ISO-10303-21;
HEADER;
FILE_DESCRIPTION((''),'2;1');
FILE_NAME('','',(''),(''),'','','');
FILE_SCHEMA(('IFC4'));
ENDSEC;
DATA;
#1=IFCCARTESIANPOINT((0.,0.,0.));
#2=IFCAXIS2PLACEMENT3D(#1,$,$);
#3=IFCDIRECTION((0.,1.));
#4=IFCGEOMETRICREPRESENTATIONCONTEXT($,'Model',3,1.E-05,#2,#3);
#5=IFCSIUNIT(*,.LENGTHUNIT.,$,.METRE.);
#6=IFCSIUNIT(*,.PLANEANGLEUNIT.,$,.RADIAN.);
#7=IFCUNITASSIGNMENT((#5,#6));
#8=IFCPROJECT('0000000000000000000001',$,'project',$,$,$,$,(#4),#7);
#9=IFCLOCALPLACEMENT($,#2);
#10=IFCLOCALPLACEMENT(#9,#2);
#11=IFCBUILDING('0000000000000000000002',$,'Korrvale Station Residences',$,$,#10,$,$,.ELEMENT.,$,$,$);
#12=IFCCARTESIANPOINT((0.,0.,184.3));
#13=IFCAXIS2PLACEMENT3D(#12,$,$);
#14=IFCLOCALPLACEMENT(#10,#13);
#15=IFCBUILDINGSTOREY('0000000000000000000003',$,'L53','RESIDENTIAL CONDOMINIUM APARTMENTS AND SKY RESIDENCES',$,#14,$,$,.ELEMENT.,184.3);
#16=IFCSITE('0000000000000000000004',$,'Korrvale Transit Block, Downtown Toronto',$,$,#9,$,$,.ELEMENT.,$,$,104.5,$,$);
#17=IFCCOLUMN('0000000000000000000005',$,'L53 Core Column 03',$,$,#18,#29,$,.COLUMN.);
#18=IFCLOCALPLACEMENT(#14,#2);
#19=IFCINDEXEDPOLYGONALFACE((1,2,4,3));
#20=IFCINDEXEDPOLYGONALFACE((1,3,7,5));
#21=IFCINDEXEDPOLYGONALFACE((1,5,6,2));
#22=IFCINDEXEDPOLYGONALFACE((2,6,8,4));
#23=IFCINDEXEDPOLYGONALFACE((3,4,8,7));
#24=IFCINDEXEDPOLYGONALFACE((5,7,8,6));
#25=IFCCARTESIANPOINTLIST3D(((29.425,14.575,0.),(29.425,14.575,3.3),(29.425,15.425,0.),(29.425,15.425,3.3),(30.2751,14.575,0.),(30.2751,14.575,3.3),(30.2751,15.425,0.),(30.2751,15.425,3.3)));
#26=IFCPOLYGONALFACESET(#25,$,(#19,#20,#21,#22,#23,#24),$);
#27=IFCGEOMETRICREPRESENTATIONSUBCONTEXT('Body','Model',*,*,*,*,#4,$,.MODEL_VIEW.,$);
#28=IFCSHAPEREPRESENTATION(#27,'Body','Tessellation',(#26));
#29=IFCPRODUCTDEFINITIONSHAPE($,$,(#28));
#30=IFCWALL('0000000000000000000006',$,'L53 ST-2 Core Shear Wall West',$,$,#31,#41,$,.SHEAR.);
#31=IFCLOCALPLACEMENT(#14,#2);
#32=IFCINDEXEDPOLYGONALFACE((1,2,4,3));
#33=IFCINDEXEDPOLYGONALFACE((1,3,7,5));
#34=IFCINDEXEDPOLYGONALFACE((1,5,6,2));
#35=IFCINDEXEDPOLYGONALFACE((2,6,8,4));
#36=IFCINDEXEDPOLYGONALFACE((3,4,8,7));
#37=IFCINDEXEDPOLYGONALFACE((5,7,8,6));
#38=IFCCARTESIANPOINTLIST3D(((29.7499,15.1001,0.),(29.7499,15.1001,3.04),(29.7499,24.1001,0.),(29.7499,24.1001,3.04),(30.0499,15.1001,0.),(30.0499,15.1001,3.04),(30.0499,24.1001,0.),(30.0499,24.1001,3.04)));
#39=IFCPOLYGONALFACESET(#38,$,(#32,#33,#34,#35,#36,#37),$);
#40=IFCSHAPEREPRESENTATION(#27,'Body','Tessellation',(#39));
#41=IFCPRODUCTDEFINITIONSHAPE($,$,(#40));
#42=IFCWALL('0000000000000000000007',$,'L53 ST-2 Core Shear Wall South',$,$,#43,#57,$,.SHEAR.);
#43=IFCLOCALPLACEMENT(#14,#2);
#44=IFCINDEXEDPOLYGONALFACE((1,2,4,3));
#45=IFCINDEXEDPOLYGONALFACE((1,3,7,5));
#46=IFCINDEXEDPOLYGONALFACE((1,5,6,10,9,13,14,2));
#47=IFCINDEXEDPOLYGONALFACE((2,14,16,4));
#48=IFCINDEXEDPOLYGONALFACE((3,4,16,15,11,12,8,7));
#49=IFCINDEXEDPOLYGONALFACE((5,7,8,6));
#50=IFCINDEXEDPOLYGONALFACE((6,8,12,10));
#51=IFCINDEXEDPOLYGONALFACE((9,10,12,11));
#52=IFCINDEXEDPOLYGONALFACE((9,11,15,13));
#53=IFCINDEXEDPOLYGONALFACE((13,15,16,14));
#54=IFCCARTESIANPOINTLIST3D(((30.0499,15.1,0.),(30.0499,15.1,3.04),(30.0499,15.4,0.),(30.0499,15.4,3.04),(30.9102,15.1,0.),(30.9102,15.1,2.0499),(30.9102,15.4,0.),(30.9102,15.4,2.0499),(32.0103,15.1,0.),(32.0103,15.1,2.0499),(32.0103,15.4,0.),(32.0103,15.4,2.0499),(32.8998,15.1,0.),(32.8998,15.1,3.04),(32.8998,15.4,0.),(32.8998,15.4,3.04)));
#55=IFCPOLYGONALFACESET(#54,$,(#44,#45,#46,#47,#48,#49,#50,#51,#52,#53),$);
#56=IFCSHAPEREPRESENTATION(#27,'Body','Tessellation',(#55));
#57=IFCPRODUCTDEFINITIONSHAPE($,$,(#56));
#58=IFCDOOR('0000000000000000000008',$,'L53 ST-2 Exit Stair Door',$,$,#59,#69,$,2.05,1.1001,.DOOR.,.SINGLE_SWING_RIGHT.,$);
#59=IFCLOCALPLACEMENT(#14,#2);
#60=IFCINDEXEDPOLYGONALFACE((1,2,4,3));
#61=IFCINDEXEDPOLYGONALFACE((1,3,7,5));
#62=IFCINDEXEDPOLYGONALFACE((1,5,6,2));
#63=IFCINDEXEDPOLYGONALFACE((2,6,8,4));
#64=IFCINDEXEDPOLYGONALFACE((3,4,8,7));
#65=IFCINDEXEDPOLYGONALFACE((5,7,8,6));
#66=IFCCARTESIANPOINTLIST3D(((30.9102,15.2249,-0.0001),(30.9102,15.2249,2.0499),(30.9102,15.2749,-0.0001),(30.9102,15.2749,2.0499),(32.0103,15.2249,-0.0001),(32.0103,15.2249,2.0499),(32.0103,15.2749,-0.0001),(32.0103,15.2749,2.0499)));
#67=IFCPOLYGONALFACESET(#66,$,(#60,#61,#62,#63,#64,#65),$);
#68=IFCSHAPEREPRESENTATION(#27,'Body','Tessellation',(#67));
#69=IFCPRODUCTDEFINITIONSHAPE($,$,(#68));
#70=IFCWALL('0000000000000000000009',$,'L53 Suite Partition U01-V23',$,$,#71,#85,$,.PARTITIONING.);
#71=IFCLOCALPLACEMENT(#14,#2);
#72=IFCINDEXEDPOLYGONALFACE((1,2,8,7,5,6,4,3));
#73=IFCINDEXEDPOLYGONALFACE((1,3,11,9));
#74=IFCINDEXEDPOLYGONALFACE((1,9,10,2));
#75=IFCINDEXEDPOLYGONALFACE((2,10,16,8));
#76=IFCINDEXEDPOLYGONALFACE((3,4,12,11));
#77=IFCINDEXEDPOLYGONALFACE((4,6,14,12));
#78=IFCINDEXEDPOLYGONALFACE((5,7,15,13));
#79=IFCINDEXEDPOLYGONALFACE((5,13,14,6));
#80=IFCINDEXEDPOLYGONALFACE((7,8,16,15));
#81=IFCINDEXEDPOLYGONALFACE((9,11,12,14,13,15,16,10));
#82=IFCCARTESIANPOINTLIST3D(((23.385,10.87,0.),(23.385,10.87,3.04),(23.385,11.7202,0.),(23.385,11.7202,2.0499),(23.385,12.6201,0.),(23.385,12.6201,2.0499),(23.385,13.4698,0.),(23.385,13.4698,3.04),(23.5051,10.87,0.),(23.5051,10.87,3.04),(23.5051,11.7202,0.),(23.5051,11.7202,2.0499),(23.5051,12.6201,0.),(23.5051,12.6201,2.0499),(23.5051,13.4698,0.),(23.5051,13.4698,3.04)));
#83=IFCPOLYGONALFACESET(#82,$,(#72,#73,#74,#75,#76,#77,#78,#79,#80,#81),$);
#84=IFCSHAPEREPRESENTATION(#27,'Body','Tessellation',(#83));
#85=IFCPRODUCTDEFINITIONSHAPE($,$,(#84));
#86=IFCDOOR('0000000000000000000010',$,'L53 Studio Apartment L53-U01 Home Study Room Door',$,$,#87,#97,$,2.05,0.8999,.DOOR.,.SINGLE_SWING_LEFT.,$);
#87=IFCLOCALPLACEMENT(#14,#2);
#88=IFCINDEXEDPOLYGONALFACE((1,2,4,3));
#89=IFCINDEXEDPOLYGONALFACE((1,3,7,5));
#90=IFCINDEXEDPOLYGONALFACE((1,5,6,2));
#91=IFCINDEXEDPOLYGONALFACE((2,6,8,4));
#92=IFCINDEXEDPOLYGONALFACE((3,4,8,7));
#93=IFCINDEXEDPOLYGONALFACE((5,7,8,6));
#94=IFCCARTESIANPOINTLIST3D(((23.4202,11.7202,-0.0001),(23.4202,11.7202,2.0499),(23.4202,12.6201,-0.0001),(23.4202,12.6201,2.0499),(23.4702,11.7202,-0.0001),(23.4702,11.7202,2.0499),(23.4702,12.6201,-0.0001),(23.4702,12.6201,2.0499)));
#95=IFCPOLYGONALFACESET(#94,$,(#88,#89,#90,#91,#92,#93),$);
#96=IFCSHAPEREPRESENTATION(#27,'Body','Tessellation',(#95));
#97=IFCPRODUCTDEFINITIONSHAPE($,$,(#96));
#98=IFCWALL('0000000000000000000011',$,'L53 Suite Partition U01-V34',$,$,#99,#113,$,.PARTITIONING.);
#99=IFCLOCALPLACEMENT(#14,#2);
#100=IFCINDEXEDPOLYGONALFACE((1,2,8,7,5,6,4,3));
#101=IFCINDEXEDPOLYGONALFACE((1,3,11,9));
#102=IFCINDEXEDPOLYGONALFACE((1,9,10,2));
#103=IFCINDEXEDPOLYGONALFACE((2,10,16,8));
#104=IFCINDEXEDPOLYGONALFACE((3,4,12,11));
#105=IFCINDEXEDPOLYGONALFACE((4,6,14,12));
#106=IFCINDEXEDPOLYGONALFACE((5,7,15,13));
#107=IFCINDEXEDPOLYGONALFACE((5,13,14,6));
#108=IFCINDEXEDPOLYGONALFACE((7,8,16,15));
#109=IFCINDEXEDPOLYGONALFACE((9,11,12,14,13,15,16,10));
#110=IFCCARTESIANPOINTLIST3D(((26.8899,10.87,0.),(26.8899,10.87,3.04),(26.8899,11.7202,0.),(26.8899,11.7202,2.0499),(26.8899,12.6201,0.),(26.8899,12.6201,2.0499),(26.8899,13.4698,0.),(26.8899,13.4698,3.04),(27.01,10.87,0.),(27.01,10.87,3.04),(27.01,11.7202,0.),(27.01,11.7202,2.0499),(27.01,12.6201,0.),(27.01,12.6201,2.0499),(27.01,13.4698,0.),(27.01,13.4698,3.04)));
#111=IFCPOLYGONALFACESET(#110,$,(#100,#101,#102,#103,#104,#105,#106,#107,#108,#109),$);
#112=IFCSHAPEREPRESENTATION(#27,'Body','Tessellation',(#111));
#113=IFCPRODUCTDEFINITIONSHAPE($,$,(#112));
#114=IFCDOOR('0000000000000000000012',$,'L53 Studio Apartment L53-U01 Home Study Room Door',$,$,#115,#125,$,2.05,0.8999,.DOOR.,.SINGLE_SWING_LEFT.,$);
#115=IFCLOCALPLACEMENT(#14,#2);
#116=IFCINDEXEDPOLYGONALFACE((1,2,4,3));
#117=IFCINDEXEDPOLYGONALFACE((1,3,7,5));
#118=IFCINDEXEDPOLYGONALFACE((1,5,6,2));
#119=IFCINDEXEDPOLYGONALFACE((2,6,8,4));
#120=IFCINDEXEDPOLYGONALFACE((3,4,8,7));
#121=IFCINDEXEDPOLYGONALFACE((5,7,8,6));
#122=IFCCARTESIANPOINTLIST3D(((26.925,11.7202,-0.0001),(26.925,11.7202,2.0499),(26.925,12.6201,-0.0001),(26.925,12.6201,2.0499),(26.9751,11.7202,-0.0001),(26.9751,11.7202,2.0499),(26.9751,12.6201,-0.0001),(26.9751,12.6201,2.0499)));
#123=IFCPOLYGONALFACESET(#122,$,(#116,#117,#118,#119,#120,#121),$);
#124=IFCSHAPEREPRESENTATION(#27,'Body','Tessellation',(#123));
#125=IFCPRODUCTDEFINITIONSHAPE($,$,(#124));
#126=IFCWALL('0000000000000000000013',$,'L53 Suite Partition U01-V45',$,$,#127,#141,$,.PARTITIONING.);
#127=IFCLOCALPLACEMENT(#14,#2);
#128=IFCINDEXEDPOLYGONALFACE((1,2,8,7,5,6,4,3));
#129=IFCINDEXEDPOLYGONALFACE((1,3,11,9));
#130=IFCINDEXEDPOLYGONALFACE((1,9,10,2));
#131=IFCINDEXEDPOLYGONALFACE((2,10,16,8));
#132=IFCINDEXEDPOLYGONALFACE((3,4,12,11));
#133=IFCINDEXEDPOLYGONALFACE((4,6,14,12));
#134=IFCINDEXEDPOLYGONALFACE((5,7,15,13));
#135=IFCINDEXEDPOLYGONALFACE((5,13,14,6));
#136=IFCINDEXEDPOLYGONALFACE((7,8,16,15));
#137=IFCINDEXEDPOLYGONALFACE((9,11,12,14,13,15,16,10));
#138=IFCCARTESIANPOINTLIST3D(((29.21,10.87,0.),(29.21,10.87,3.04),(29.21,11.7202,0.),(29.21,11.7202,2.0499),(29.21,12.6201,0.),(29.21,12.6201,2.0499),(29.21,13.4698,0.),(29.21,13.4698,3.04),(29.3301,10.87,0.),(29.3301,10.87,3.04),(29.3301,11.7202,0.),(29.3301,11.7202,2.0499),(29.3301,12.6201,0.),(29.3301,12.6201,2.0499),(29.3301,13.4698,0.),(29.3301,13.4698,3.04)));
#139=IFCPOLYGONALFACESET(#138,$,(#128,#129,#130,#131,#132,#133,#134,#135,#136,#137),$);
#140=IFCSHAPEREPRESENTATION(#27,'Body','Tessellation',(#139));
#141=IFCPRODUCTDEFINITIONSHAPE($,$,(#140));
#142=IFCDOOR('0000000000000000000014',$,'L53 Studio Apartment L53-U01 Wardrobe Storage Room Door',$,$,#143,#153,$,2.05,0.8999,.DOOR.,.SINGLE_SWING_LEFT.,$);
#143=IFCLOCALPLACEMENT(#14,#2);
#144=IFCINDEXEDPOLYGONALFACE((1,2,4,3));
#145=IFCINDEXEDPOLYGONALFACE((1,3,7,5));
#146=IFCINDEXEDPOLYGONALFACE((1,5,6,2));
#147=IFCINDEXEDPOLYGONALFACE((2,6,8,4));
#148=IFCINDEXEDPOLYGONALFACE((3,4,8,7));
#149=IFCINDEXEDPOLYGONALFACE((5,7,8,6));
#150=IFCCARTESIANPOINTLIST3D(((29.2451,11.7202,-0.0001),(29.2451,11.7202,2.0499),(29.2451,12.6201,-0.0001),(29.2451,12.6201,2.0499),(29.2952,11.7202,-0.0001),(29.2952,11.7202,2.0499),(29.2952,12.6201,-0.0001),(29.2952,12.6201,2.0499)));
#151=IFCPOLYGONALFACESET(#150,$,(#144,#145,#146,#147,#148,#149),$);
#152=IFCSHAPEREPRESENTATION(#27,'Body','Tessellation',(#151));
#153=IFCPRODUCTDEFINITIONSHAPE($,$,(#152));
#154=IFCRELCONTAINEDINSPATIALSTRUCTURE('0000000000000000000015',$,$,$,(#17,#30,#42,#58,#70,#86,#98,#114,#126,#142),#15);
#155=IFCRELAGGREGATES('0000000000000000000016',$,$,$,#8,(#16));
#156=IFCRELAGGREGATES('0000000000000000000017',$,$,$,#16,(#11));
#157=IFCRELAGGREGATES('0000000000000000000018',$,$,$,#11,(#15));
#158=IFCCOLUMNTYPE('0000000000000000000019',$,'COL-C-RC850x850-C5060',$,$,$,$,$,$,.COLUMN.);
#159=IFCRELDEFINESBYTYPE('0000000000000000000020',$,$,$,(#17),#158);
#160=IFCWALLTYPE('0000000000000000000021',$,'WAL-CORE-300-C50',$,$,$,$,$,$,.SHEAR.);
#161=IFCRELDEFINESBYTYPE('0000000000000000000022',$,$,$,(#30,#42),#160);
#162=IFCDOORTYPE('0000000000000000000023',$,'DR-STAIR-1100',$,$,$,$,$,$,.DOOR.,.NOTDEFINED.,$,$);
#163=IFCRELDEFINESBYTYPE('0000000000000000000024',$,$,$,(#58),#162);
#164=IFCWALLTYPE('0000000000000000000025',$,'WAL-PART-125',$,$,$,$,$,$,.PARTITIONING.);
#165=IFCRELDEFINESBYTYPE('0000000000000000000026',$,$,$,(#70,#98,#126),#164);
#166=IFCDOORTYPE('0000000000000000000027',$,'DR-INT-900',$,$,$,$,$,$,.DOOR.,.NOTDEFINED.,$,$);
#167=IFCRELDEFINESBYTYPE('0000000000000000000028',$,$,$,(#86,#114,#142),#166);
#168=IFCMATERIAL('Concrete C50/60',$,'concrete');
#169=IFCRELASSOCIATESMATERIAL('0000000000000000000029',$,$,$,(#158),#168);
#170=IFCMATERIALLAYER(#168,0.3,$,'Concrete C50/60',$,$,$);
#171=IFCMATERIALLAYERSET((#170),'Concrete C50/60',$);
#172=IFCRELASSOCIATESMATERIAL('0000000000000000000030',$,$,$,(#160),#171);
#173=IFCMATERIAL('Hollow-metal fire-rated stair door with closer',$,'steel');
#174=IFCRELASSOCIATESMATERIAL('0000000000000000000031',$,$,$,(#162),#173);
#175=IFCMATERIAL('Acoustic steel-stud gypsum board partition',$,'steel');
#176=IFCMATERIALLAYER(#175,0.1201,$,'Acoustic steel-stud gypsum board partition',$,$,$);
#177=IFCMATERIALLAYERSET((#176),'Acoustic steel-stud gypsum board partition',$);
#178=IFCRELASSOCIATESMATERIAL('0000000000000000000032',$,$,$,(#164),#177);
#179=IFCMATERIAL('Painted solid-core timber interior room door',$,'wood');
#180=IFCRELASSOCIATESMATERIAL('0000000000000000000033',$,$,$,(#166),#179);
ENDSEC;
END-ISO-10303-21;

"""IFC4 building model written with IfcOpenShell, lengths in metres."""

from ifc_helpers import new_model, si_unit, direction, frame, frame_2d, origin, origin_2d, place, context, subcontext, project, spatial, rectangle, extrude, material, layer, layer_set, material_profile, profile_set, type_object, element, fill, save


model = new_model("IFC4")

# Units and contexts
model_context = context("Model", 3, precision=1e-05, world=origin(), true_north=direction((0.0, 1.0)))
body_context = subcontext(model_context, "Body", "Model", "MODEL_VIEW")
ifc_project = project(units=[si_unit("LENGTHUNIT", "METRE"), si_unit("PLANEANGLEUNIT", "RADIAN")], contexts=[model_context])

# Site, building, storey
site_placement = place(None, origin())
site = spatial("IfcSite", under=ifc_project, at=site_placement, Name="Korrvale Transit Block, Downtown Toronto", CompositionType="ELEMENT", RefElevation=104.5)
building_placement = place(site_placement, origin())
building = spatial("IfcBuilding", under=site, at=building_placement, Name="Korrvale Station Residences", CompositionType="ELEMENT")
storey_placement = place(building_placement, frame((0.0, 0.0, 184.3)))
storey = spatial("IfcBuildingStorey", under=building, at=storey_placement, Name="L53", Description="RESIDENTIAL CONDOMINIUM APARTMENTS AND SKY RESIDENCES", CompositionType="ELEMENT", Elevation=184.3)

# Column
ifc_material_1 = material(Name="Concrete C50/60", Category="concrete")
ifc_material_profile = material_profile(ifc_material_1, rectangle(XDim=0.8501, YDim=0.8501, at=origin_2d()), Name="RC850x850")
ifc_profile_set = profile_set([ifc_material_profile], Name="Concrete C50/60")
column_type = type_object("IfcColumnType", Name="COL-C-RC850x850-C5060", PredefinedType="COLUMN", material=ifc_profile_set)
column_placement = place(storey_placement, frame((29.8501, 15.0, 0.0), z_axis=(0.0, 0.0, 1.0), x_axis=(1.0, 0.0, 0.0)))
element("IfcColumn", 1, at=column_placement, inside=storey, type_object=column_type, Name="L53 Core Column 03", PredefinedType="COLUMN", context=body_context, shape_type="SweptSolid", body=[
    extrude(rectangle(XDim=0.8501, YDim=0.8501, at=origin_2d()), origin(), (0.0, 0.0, 1.0), 3.3),
])

# Wall
ifc_layer_1 = layer(ifc_material_1, 0.3, Name="Concrete C50/60")
ifc_layer_set_1 = layer_set([ifc_layer_1], Name="Concrete C50/60")
wall_type_1 = type_object("IfcWallType", Name="WAL-CORE-300-C50", PredefinedType="SHEAR", material=ifc_layer_set_1)
wall_1_placement = place(storey_placement, frame((29.8999, 15.1001, 0.0), z_axis=(0.0, 0.0, 1.0), x_axis=(0.0, 1.0, 0.0)))
element("IfcWall", 2, at=wall_1_placement, inside=storey, type_object=wall_type_1, Name="L53 ST-2 Core Shear Wall West", PredefinedType="SHEAR", context=body_context, shape_type="SweptSolid", body=[
    extrude(rectangle(XDim=9.0, YDim=0.3, at=frame_2d((4.5, 0.0))), origin(), (0.0, 0.0, 1.0), 3.04),
])

# Walls, openings, doors
wall_2_placement = place(storey_placement, frame((30.05, 15.25, 0.0), z_axis=(0.0, 0.0, 1.0), x_axis=(1.0, 0.0, 0.0)))
wall_2 = element("IfcWall", 3, at=wall_2_placement, inside=storey, type_object=wall_type_1, Name="L53 ST-2 Core Shear Wall South", PredefinedType="SHEAR", context=body_context, shape_type="SweptSolid", body=[
    extrude(rectangle(XDim=2.8499, YDim=0.3, at=frame_2d((1.4248, 0.0))), origin(), (0.0, 0.0, 1.0), 3.04),
])
opening_1_placement = place(wall_2_placement, frame((0.8601, 0.0, 0.0)))
opening_1 = element("IfcOpeningElement", 4, at=opening_1_placement, cuts=wall_2, PredefinedType="OPENING", context=body_context, shape_type="SweptSolid", body=[
    extrude(rectangle(XDim=1.1001, YDim=2.05, at=frame_2d((0.55, 1.0249))), frame((0.0, 0.1602, 0.0), z_axis=(0.0, -1.0, 0.0), x_axis=(1.0, 0.0, 0.0)), (0.0, 0.0, 1.0), 0.3201),
])
ifc_material_2 = material(Name="Hollow-metal fire-rated stair door with closer", Category="steel")
door_type_1 = type_object("IfcDoorType", Name="DR-STAIR-1100", OperationType="NOTDEFINED", PredefinedType="DOOR", material=ifc_material_2)
door_1_placement = place(opening_1_placement, origin())
door_1 = element("IfcDoor", 5, at=door_1_placement, inside=storey, type_object=door_type_1, Name="L53 ST-2 Exit Stair Door", OperationType="SINGLE_SWING_RIGHT", OverallHeight=2.05, OverallWidth=1.1001, PredefinedType="DOOR", context=body_context, shape_type="SweptSolid", body=[
    extrude(rectangle(XDim=1.1001, YDim=2.05, at=frame_2d((0.55, 1.0249))), frame((0.0, 0.0249, 0.0), z_axis=(0.0, -1.0, 0.0), x_axis=(1.0, 0.0, 0.0)), (0.0, 0.0, 1.0), 0.05),
])
fill(opening_1, door_1)
ifc_material_3 = material(Name="Acoustic steel-stud gypsum board partition", Category="steel")
ifc_layer_2 = layer(ifc_material_3, 0.1201, Name="Acoustic steel-stud gypsum board partition")
ifc_layer_set_2 = layer_set([ifc_layer_2], Name="Acoustic steel-stud gypsum board partition")
wall_type_2 = type_object("IfcWallType", Name="WAL-PART-125", PredefinedType="PARTITIONING", material=ifc_layer_set_2)
wall_3_placement = place(storey_placement, frame((23.4451, 10.8701, 0.0), z_axis=(0.0, 0.0, 1.0), x_axis=(0.0, 1.0, 0.0)))
wall_3 = element("IfcWall", 6, at=wall_3_placement, inside=storey, type_object=wall_type_2, Name="L53 Suite Partition U01-V23", PredefinedType="PARTITIONING", context=body_context, shape_type="SweptSolid", body=[
    extrude(rectangle(XDim=2.5999, YDim=0.1201, at=frame_2d((1.2998, 0.0))), origin(), (0.0, 0.0, 1.0), 3.04),
])
opening_2_placement = place(wall_3_placement, frame((0.8501, 0.0, 0.0)))
opening_2 = element("IfcOpeningElement", 7, at=opening_2_placement, cuts=wall_3, PredefinedType="OPENING", context=body_context, shape_type="SweptSolid", body=[
    extrude(rectangle(XDim=0.8999, YDim=2.05, at=frame_2d((0.45, 1.0249))), frame((0.0, 0.0701, 0.0), z_axis=(0.0, -1.0, 0.0), x_axis=(1.0, 0.0, 0.0)), (0.0, 0.0, 1.0), 0.1401),
])
ifc_material_4 = material(Name="Painted solid-core timber interior room door", Category="wood")
door_type_2 = type_object("IfcDoorType", Name="DR-INT-900", OperationType="NOTDEFINED", PredefinedType="DOOR", material=ifc_material_4)
door_2_placement = place(opening_2_placement, origin())
door_2 = element("IfcDoor", 8, at=door_2_placement, inside=storey, type_object=door_type_2, Name="L53 Studio Apartment L53-U01 Home Study Room Door", OperationType="SINGLE_SWING_LEFT", OverallHeight=2.05, OverallWidth=0.8999, PredefinedType="DOOR", context=body_context, shape_type="SweptSolid", body=[
    extrude(rectangle(XDim=0.8999, YDim=2.05, at=frame_2d((0.45, 1.0249))), frame((0.0, 0.0249, 0.0), z_axis=(0.0, -1.0, 0.0), x_axis=(1.0, 0.0, 0.0)), (0.0, 0.0, 1.0), 0.05),
])
fill(opening_2, door_2)
wall_4_placement = place(storey_placement, frame((26.95, 10.8701, 0.0), z_axis=(0.0, 0.0, 1.0), x_axis=(0.0, 1.0, 0.0)))
wall_4 = element("IfcWall", 9, at=wall_4_placement, inside=storey, type_object=wall_type_2, Name="L53 Suite Partition U01-V34", PredefinedType="PARTITIONING", context=body_context, shape_type="SweptSolid", body=[
    extrude(rectangle(XDim=2.5999, YDim=0.1201, at=frame_2d((1.2998, 0.0))), origin(), (0.0, 0.0, 1.0), 3.04),
])
opening_3_placement = place(wall_4_placement, frame((0.8501, 0.0, 0.0)))
opening_3 = element("IfcOpeningElement", 10, at=opening_3_placement, cuts=wall_4, PredefinedType="OPENING", context=body_context, shape_type="SweptSolid", body=[
    extrude(rectangle(XDim=0.8999, YDim=2.05, at=frame_2d((0.45, 1.0249))), frame((0.0, 0.0701, 0.0), z_axis=(0.0, -1.0, 0.0), x_axis=(1.0, 0.0, 0.0)), (0.0, 0.0, 1.0), 0.1401),
])
door_3_placement = place(opening_3_placement, origin())
door_3 = element("IfcDoor", 11, at=door_3_placement, inside=storey, type_object=door_type_2, Name="L53 Studio Apartment L53-U01 Home Study Room Door", OperationType="SINGLE_SWING_LEFT", OverallHeight=2.05, OverallWidth=0.8999, PredefinedType="DOOR", context=body_context, shape_type="SweptSolid", body=[
    extrude(rectangle(XDim=0.8999, YDim=2.05, at=frame_2d((0.45, 1.0249))), frame((0.0, 0.0249, 0.0), z_axis=(0.0, -1.0, 0.0), x_axis=(1.0, 0.0, 0.0)), (0.0, 0.0, 1.0), 0.05),
])
fill(opening_3, door_3)
wall_5_placement = place(storey_placement, frame((29.27, 10.8701, 0.0), z_axis=(0.0, 0.0, 1.0), x_axis=(0.0, 1.0, 0.0)))
wall_5 = element("IfcWall", 12, at=wall_5_placement, inside=storey, type_object=wall_type_2, Name="L53 Suite Partition U01-V45", PredefinedType="PARTITIONING", context=body_context, shape_type="SweptSolid", body=[
    extrude(rectangle(XDim=2.5999, YDim=0.1201, at=frame_2d((1.2998, 0.0))), origin(), (0.0, 0.0, 1.0), 3.04),
])
opening_4_placement = place(wall_5_placement, frame((0.8501, 0.0, 0.0)))
opening_4 = element("IfcOpeningElement", 13, at=opening_4_placement, cuts=wall_5, PredefinedType="OPENING", context=body_context, shape_type="SweptSolid", body=[
    extrude(rectangle(XDim=0.8999, YDim=2.05, at=frame_2d((0.45, 1.0249))), frame((0.0, 0.0701, 0.0), z_axis=(0.0, -1.0, 0.0), x_axis=(1.0, 0.0, 0.0)), (0.0, 0.0, 1.0), 0.1401),
])
door_4_placement = place(opening_4_placement, origin())
door_4 = element("IfcDoor", 14, at=door_4_placement, inside=storey, type_object=door_type_2, Name="L53 Studio Apartment L53-U01 Wardrobe Storage Room Door", OperationType="SINGLE_SWING_LEFT", OverallHeight=2.05, OverallWidth=0.8999, PredefinedType="DOOR", context=body_context, shape_type="SweptSolid", body=[
    extrude(rectangle(XDim=0.8999, YDim=2.05, at=frame_2d((0.45, 1.0249))), frame((0.0, 0.0249, 0.0), z_axis=(0.0, -1.0, 0.0), x_axis=(1.0, 0.0, 0.0)), (0.0, 0.0, 1.0), 0.05),
])
fill(opening_4, door_4)

save(model, "model.ifc")
